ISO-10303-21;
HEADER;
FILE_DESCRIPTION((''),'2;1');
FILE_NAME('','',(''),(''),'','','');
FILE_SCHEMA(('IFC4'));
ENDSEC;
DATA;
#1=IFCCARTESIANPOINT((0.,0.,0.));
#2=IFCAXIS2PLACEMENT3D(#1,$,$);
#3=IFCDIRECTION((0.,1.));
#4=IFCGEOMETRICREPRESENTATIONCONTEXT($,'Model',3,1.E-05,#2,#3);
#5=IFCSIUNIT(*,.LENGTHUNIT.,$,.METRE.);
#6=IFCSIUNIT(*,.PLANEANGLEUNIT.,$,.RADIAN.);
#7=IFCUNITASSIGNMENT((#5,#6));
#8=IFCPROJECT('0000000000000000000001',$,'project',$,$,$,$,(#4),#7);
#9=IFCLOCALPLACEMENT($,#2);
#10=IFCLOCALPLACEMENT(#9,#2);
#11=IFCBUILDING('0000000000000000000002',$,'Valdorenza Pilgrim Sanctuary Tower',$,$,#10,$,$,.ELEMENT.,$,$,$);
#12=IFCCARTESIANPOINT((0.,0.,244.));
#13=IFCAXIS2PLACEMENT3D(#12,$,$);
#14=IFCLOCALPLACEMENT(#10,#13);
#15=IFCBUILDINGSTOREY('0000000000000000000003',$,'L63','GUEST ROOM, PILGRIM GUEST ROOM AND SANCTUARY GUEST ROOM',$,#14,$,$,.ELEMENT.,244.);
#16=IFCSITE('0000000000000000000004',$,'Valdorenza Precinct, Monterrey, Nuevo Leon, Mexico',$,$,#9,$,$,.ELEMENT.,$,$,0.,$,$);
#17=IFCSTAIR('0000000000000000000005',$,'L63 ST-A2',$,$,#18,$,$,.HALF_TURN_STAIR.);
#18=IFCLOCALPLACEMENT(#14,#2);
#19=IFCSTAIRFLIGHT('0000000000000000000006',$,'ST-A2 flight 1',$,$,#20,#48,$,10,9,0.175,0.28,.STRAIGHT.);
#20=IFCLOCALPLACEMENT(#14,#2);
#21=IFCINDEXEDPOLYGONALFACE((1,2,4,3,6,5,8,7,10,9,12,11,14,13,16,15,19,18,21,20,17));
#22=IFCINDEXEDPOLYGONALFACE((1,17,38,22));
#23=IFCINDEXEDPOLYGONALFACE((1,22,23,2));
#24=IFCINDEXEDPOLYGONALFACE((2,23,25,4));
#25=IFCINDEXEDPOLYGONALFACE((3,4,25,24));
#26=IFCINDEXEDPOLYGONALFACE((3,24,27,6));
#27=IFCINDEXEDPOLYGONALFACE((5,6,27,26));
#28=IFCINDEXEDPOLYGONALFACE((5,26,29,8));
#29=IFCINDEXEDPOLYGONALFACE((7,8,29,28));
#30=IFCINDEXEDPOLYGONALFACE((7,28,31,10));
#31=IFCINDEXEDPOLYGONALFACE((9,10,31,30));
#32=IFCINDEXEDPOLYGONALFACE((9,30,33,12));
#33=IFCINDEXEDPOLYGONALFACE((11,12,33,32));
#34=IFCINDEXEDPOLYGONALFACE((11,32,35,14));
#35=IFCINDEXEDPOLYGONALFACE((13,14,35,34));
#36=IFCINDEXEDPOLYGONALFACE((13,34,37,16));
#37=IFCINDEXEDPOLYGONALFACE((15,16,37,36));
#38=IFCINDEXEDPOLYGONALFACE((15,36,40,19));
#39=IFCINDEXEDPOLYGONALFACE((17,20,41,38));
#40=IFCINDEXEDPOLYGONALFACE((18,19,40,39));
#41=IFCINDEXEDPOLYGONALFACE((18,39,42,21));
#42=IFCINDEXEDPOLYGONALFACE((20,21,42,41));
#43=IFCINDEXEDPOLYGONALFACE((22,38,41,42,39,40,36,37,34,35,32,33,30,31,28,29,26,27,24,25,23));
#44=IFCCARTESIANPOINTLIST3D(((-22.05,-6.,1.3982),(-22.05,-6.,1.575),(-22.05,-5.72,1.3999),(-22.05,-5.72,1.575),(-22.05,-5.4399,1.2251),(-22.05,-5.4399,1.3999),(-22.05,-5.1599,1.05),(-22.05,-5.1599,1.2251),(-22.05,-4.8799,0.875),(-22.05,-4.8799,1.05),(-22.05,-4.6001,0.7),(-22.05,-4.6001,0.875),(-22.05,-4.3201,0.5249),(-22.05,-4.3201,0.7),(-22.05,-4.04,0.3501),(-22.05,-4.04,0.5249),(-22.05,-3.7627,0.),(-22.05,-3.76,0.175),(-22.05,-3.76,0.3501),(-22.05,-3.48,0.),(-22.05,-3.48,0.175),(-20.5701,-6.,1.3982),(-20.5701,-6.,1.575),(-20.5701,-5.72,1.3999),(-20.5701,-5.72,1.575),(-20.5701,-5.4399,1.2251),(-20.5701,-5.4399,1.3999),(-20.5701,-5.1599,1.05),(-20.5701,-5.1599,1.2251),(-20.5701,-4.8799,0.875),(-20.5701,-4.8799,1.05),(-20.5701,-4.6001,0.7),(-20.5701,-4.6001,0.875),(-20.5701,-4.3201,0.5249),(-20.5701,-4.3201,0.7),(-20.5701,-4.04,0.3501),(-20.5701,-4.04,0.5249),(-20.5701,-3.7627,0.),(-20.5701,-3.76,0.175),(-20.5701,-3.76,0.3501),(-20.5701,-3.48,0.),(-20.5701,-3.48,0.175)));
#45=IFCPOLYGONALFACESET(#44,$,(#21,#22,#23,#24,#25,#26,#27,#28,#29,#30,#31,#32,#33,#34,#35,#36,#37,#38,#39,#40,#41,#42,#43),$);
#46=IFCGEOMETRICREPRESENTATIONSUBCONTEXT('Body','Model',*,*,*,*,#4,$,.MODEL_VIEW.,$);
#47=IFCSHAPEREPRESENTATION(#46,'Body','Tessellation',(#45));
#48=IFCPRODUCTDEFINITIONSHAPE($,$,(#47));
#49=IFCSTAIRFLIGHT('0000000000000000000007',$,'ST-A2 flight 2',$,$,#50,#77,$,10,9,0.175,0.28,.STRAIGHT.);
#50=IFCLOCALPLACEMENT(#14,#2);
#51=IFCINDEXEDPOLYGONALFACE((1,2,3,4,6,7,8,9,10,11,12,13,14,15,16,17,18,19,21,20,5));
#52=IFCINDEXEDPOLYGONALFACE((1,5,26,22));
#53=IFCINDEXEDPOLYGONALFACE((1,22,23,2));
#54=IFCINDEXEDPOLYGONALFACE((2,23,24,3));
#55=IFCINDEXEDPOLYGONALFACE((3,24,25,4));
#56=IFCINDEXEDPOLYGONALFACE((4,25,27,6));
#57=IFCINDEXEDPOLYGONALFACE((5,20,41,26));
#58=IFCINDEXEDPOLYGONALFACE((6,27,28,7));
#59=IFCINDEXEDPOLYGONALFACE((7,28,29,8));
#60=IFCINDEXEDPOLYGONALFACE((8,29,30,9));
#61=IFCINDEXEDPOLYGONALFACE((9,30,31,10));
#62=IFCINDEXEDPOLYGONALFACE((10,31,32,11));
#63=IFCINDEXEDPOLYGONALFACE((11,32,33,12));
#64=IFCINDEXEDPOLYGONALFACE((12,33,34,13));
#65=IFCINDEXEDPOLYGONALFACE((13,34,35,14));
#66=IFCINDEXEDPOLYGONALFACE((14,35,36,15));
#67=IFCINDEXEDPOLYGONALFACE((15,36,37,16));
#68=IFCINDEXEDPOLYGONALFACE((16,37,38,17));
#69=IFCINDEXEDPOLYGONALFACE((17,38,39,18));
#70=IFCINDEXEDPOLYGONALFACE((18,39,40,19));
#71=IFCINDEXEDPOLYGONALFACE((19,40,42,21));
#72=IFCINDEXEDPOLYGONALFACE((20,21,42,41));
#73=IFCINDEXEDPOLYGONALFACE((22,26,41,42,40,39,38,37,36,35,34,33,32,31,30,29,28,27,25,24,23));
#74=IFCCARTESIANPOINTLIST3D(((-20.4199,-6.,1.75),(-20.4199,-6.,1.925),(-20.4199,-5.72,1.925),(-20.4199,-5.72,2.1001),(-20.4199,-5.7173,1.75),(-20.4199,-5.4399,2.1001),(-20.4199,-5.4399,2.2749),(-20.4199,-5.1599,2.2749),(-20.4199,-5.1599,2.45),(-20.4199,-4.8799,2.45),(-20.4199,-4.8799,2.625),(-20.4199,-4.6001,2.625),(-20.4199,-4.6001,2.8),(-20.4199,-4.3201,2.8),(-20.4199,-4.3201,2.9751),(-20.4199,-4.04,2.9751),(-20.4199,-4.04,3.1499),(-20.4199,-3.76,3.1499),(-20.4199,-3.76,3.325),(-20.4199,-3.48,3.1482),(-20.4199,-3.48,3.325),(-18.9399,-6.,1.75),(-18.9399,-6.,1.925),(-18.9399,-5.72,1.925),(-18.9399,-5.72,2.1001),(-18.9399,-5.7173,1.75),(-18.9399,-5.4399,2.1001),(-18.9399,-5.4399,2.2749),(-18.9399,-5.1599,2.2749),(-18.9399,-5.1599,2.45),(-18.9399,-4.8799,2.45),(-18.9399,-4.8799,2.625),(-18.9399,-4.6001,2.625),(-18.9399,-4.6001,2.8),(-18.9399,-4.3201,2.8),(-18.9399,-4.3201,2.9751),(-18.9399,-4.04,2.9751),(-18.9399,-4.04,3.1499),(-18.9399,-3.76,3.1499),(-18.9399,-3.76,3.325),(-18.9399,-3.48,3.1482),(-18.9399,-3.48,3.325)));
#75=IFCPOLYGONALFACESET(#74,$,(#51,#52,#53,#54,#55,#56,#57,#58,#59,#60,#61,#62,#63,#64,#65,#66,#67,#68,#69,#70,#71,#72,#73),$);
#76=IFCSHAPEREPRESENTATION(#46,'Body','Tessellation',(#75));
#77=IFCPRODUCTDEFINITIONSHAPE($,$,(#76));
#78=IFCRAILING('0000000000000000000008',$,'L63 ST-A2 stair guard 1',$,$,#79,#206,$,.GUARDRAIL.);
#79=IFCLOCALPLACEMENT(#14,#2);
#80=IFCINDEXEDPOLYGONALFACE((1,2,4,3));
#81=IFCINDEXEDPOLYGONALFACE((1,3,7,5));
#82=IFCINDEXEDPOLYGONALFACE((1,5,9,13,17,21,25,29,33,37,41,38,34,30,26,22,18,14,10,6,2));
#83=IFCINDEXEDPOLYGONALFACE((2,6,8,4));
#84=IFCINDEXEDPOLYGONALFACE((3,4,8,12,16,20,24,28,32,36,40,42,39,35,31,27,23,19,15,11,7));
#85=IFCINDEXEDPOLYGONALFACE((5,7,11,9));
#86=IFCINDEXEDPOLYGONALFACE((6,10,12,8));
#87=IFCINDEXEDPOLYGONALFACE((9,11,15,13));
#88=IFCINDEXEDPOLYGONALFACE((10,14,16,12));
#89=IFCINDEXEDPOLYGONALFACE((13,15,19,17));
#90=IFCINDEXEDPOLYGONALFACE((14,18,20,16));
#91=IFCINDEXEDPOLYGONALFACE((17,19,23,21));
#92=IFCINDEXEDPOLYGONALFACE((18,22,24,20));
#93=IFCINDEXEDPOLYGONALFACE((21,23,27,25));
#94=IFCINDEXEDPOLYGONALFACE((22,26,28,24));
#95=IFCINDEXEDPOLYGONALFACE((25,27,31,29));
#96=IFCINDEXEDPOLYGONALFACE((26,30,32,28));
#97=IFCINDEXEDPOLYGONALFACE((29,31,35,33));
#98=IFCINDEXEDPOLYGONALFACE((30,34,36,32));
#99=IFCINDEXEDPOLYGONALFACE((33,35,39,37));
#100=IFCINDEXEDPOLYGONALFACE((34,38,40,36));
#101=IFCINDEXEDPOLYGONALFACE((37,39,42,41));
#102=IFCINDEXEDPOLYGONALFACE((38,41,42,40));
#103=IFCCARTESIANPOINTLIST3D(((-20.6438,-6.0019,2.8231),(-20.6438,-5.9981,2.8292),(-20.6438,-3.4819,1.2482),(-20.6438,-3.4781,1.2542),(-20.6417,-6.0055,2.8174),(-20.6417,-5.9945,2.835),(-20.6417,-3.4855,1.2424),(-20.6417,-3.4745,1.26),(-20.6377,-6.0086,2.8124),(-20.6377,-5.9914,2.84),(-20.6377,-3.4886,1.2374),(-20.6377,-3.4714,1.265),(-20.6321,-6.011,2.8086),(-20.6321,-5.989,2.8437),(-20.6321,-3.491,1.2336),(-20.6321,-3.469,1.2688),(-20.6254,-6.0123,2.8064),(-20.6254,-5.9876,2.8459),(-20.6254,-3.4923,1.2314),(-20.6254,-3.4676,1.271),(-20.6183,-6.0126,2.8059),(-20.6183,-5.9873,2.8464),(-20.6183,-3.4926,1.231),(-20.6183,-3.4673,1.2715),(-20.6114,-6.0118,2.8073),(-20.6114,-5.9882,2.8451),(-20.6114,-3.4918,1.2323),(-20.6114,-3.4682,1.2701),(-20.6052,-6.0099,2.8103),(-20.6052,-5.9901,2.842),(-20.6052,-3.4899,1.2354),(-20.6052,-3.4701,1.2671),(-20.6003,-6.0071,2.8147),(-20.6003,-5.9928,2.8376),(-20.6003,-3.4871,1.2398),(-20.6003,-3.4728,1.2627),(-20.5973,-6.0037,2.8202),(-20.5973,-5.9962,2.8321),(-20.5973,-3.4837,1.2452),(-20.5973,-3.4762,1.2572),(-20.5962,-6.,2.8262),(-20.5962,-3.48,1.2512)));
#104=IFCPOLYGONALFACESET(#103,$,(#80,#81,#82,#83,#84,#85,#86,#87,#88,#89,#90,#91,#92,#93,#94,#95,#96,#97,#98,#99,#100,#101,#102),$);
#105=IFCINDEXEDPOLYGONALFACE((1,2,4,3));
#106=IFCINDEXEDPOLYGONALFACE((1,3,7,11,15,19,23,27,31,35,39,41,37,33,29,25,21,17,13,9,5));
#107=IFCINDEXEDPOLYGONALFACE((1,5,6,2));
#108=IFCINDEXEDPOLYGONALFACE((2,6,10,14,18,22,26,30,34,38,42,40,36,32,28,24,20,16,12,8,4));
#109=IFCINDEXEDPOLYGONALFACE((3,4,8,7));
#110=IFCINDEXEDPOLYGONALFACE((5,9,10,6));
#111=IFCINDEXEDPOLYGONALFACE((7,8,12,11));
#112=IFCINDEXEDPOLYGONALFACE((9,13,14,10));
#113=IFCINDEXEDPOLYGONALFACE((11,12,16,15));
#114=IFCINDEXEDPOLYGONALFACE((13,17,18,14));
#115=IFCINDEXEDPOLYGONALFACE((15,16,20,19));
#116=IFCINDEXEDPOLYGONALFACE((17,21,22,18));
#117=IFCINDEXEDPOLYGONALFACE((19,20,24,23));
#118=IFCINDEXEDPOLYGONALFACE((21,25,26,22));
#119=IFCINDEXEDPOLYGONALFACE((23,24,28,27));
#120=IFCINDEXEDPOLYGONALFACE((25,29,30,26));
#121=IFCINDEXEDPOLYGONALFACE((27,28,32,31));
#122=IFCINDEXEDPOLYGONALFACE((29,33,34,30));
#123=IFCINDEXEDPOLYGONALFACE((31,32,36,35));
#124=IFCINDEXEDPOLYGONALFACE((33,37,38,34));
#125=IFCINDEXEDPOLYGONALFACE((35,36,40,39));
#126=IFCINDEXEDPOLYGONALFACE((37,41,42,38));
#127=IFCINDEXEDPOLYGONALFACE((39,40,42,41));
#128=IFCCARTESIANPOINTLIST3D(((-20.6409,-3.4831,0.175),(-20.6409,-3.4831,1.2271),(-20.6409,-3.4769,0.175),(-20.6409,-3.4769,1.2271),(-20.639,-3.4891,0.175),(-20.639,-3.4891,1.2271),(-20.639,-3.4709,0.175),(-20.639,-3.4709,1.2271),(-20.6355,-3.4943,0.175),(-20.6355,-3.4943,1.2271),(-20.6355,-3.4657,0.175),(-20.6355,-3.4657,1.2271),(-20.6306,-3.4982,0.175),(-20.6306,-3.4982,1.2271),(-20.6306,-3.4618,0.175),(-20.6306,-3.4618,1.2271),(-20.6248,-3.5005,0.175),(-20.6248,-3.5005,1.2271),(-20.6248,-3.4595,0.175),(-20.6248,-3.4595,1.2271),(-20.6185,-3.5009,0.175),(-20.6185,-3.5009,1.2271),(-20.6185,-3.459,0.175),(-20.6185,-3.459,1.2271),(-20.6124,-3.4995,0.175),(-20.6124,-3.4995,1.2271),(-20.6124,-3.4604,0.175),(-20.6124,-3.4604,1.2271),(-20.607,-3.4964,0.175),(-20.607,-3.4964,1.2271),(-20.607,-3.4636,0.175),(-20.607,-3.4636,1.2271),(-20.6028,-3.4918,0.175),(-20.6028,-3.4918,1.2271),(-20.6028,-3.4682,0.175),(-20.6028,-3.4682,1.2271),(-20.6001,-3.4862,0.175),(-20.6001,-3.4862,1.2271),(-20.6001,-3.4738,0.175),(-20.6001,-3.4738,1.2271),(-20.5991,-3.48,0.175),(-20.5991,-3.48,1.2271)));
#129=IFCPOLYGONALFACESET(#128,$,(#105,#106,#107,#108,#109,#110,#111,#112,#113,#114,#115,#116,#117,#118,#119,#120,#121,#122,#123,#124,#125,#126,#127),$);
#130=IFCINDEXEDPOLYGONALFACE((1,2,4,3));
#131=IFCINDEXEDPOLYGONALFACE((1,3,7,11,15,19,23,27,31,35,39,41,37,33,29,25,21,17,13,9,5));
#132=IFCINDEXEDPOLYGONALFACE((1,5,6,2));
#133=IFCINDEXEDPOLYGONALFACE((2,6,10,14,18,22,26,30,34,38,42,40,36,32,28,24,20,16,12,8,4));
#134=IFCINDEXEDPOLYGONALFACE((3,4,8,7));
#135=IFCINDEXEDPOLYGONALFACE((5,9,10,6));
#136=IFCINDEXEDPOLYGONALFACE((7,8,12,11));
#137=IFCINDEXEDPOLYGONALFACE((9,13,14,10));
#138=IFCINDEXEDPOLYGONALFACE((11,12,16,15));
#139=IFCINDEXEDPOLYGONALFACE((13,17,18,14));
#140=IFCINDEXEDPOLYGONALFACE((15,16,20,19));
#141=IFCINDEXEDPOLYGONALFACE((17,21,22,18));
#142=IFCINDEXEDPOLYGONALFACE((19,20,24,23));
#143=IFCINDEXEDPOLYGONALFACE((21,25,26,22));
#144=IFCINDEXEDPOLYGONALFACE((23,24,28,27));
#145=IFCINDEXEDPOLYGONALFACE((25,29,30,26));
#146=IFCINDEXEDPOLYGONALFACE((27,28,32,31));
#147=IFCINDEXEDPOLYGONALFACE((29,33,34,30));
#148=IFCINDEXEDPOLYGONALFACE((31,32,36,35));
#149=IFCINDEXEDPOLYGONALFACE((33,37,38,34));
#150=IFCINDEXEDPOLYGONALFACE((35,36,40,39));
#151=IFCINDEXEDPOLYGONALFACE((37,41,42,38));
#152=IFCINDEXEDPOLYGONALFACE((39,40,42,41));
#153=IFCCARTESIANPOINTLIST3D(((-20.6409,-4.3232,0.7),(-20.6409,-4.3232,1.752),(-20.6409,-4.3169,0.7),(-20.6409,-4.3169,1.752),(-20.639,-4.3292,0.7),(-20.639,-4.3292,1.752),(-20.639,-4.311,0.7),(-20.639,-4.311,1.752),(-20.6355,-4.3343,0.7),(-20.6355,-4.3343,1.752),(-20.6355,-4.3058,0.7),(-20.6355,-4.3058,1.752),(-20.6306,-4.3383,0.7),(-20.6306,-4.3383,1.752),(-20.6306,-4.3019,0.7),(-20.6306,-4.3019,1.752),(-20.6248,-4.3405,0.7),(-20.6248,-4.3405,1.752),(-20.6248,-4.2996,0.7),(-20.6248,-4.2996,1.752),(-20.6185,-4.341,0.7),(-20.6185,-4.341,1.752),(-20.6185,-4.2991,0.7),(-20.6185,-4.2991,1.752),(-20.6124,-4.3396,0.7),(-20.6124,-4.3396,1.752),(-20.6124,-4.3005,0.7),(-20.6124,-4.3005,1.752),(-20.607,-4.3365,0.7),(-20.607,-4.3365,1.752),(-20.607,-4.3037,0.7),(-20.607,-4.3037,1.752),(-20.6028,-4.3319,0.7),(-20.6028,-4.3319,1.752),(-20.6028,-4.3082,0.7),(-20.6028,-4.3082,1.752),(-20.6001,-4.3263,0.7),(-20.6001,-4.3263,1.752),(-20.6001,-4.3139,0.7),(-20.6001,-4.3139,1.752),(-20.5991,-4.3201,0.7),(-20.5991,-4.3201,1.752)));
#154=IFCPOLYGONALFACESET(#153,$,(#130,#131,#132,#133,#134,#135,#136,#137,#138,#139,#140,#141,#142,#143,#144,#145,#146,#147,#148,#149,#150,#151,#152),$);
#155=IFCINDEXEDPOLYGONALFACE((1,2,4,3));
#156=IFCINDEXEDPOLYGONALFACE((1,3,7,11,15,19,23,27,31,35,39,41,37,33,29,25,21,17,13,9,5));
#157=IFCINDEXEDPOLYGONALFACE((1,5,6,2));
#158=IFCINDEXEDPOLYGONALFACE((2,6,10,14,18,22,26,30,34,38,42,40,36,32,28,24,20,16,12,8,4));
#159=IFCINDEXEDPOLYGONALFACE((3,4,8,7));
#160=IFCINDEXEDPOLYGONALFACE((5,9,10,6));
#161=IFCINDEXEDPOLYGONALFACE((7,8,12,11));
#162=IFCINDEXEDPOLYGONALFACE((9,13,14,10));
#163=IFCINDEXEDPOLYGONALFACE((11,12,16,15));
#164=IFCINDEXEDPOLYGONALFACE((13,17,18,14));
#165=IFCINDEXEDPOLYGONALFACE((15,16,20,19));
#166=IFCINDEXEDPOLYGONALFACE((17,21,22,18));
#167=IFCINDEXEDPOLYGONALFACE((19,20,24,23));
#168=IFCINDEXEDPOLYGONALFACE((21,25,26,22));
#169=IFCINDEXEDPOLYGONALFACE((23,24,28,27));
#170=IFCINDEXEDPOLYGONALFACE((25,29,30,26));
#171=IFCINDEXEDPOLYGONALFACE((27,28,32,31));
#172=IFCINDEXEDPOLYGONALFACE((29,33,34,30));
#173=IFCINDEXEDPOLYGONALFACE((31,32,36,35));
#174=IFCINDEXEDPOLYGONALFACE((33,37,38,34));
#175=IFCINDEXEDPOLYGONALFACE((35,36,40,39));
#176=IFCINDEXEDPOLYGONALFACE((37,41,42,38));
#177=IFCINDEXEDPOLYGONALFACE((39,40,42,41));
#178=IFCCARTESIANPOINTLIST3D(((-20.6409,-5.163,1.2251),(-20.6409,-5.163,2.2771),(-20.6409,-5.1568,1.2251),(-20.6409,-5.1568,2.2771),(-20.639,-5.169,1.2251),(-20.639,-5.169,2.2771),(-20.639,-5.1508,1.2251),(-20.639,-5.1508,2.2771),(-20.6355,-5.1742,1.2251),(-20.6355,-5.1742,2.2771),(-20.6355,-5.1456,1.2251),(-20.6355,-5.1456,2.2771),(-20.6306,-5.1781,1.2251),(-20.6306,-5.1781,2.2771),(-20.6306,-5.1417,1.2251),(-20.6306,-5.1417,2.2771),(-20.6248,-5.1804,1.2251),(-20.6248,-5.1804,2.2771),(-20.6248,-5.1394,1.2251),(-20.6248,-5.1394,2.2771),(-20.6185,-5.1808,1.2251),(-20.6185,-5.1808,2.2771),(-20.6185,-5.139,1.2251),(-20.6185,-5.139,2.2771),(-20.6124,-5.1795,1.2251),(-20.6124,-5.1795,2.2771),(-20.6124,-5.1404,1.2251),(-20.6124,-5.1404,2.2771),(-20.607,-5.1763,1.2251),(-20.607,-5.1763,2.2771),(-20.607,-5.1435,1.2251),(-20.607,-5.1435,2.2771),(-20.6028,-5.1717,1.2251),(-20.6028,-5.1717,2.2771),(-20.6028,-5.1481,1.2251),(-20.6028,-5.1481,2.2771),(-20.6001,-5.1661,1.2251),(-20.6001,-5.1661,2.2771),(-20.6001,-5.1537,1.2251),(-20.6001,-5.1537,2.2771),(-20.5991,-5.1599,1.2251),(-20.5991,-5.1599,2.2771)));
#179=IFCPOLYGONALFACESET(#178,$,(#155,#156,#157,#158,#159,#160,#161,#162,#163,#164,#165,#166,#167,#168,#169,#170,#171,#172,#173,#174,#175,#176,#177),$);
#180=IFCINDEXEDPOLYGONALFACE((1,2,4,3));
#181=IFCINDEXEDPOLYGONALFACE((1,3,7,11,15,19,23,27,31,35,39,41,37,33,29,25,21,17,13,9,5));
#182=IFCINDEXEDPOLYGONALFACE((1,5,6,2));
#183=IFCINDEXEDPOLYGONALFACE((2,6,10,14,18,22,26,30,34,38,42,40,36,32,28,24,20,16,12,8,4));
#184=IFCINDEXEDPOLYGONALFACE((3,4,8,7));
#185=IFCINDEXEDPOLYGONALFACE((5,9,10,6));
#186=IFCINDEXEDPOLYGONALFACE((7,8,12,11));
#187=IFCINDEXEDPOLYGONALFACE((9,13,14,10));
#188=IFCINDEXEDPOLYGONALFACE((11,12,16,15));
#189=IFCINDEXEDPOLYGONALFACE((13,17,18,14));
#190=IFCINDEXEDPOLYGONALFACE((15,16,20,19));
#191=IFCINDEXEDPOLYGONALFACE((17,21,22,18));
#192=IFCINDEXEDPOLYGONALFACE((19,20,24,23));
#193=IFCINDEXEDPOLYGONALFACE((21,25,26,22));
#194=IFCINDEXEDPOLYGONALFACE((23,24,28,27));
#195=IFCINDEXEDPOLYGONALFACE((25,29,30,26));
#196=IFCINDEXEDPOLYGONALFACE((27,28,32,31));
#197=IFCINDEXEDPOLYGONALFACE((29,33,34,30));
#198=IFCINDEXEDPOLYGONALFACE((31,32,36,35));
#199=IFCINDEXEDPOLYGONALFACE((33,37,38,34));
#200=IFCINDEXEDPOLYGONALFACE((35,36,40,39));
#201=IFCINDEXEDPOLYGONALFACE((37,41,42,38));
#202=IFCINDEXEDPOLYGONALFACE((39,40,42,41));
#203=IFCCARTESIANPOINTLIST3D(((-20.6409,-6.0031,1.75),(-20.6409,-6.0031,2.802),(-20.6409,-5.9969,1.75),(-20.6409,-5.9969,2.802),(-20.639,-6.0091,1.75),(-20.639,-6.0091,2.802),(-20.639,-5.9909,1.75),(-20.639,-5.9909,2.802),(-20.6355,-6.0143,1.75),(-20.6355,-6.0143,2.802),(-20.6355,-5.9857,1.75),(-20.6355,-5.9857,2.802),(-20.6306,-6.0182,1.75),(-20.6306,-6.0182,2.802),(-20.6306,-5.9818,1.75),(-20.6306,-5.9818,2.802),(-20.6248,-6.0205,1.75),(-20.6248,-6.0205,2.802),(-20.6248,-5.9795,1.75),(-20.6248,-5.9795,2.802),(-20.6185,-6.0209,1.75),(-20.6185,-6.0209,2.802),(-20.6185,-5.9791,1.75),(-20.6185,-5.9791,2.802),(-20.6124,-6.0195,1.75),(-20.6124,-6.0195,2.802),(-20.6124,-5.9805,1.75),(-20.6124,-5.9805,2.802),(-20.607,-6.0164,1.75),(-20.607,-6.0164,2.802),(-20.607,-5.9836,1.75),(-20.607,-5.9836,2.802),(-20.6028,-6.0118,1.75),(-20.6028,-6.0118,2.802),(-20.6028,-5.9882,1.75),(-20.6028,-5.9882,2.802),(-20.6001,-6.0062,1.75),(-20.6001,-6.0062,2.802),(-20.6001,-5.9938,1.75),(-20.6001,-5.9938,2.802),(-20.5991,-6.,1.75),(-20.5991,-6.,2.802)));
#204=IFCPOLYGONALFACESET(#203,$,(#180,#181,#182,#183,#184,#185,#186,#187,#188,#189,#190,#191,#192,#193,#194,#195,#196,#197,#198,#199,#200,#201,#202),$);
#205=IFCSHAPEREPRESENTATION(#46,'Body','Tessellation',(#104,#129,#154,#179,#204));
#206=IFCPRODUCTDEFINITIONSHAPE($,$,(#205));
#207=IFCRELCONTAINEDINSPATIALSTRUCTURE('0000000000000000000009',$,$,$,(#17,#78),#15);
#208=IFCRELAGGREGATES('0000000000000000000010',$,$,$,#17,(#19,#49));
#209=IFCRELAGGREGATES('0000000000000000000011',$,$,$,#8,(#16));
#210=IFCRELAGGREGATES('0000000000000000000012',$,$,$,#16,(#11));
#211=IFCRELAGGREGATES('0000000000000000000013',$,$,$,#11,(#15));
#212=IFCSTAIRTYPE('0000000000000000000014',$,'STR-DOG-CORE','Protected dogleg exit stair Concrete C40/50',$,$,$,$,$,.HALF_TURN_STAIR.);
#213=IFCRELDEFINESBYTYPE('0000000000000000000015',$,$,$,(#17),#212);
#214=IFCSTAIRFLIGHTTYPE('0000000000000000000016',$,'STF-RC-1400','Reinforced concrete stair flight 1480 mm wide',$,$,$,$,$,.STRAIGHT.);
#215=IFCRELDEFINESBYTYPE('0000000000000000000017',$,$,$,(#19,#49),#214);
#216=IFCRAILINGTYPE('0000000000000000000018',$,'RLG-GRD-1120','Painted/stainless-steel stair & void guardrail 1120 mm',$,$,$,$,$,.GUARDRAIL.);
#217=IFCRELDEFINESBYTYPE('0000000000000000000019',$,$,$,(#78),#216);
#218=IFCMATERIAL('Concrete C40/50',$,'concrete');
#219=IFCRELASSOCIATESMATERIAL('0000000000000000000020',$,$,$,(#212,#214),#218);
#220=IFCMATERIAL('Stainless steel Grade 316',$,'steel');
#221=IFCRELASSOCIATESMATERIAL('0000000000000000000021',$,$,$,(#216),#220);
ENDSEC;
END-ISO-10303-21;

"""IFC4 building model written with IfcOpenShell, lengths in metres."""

from ifc_helpers import new_model, si_unit, direction, frame, origin, origin_2d, place, context, subcontext, project, spatial, polyline, circle, outline, extrude, material, type_object, element, aggregate, save


model = new_model("IFC4")

# Units and contexts
model_context = context("Model", 3, precision=1e-05, world=origin(), true_north=direction((0.0, 1.0)))
body_context = subcontext(model_context, "Body", "Model", "MODEL_VIEW")
ifc_project = project(units=[si_unit("LENGTHUNIT", "METRE"), si_unit("PLANEANGLEUNIT", "RADIAN")], contexts=[model_context])

# Site, building, storey
site_placement = place(None, origin())
site = spatial("IfcSite", under=ifc_project, at=site_placement, Name="Valdorenza Precinct, Monterrey, Nuevo Leon, Mexico", CompositionType="ELEMENT", RefElevation=0.0)
building_placement = place(site_placement, origin())
building = spatial("IfcBuilding", under=site, at=building_placement, Name="Valdorenza Pilgrim Sanctuary Tower", CompositionType="ELEMENT")
storey_placement = place(building_placement, frame((0.0, 0.0, 244.0)))
storey = spatial("IfcBuildingStorey", under=building, at=storey_placement, Name="L63", Description="GUEST ROOM, PILGRIM GUEST ROOM AND SANCTUARY GUEST ROOM", CompositionType="ELEMENT", Elevation=244.0)

# Shared definitions
ifc_material_1 = material(Name="Concrete C40/50", Category="concrete")

# Stair, stair flights
stair_type = type_object("IfcStairType", Name="STR-DOG-CORE", Description="Protected dogleg exit stair Concrete C40/50", PredefinedType="HALF_TURN_STAIR", material=ifc_material_1)
stair_placement = place(storey_placement, origin())
stair = element("IfcStair", 1, at=stair_placement, inside=storey, type_object=stair_type, Name="L63 ST-A2", PredefinedType="HALF_TURN_STAIR")
stair_flight_type = type_object("IfcStairFlightType", Name="STF-RC-1400", Description="Reinforced concrete stair flight 1480 mm wide", PredefinedType="STRAIGHT", material=ifc_material_1)
stair_flight_1_placement = place(storey_placement, frame((-21.3101, -3.48, 0.0), z_axis=(0.0, 0.0, 1.0), x_axis=(0.0, -1.0, 0.0)))
stair_flight_1 = element("IfcStairFlight", 2, at=stair_flight_1_placement, type_object=stair_flight_type, Name="ST-A2 flight 1", NumberOfRisers=10, NumberOfTreads=9, PredefinedType="STRAIGHT", RiserHeight=0.175, TreadLength=0.28, context=body_context, shape_type="SweptSolid", body=[
    extrude(outline(polyline([(0.0, 0.0), (0.0, 0.175), (0.28, 0.175), (0.28, 0.3501), (0.5601, 0.3501), (0.5601, 0.5249), (0.8401, 0.5249), (0.8401, 0.7), (1.1201, 0.7), (1.1201, 0.875), (1.3999, 0.875), (1.3999, 1.05), (1.6799, 1.05), (1.6799, 1.2251), (1.96, 1.2251), (1.96, 1.3999), (2.24, 1.3999), (2.24, 1.575), (2.52, 1.575), (2.52, 1.75), (2.52, 1.3982), (0.2827, 0.0), (0.0, 0.0)])), frame((0.0, 0.74, 0.0), z_axis=(0.0, -1.0, 0.0), x_axis=(1.0, 0.0, 0.0)), (0.0, 0.0, 1.0), 1.48),
])
stair_flight_2_placement = place(storey_placement, frame((-19.6799, -6.0, 1.75), z_axis=(0.0, 0.0, 1.0), x_axis=(0.0, 1.0, 0.0)))
stair_flight_2 = element("IfcStairFlight", 3, at=stair_flight_2_placement, type_object=stair_flight_type, Name="ST-A2 flight 2", NumberOfRisers=10, NumberOfTreads=9, PredefinedType="STRAIGHT", RiserHeight=0.175, TreadLength=0.28, context=body_context, shape_type="SweptSolid", body=[
    extrude(outline(polyline([(0.0, 0.0), (0.0, 0.175), (0.28, 0.175), (0.28, 0.3501), (0.5601, 0.3501), (0.5601, 0.5249), (0.8401, 0.5249), (0.8401, 0.7), (1.1201, 0.7), (1.1201, 0.875), (1.3999, 0.875), (1.3999, 1.05), (1.6799, 1.05), (1.6799, 1.2251), (1.96, 1.2251), (1.96, 1.3999), (2.24, 1.3999), (2.24, 1.575), (2.52, 1.575), (2.52, 1.75), (2.52, 1.3982), (0.2827, 0.0), (0.0, 0.0)])), frame((0.0, 0.74, 0.0), z_axis=(0.0, -1.0, 0.0), x_axis=(1.0, 0.0, 0.0)), (0.0, 0.0, 1.0), 1.48),
])
aggregate(stair, [stair_flight_1, stair_flight_2])

# Railing
ifc_material_2 = material(Name="Stainless steel Grade 316", Category="steel")
railing_type_1 = type_object("IfcRailingType", Name="RLG-GRD-1120", Description="Painted/stainless-steel stair & void guardrail 1120 mm", PredefinedType="GUARDRAIL", material=ifc_material_2)
railing_1_placement = place(storey_placement, frame((-20.6201, -3.48, 0.175)))
element("IfcRailing", 4, at=railing_1_placement, inside=storey, type_object=railing_type_1, Name="L63 ST-A2 stair guard 1", PredefinedType="GUARDRAIL", context=body_context, shape_type="SweptSolid", body=[
    extrude(circle(Radius=0.0239, at=origin_2d()), frame((0.0, 0.0, 1.0762), z_axis=(0.0, -0.848008, 0.529984), x_axis=(1.0, 0.0, 0.0)), (0.0, 0.0, 1.0), 2.9717),
    extrude(circle(Radius=0.021, at=origin_2d()), origin(), (0.0, 0.0, 1.0), 1.052),
    extrude(circle(Radius=0.021, at=origin_2d()), frame((0.0, -0.8401, 0.5249)), (0.0, 0.0, 1.0), 1.052),
    extrude(circle(Radius=0.021, at=origin_2d()), frame((0.0, -1.6799, 1.05)), (0.0, 0.0, 1.0), 1.052),
    extrude(circle(Radius=0.021, at=origin_2d()), frame((0.0, -2.52, 1.575)), (0.0, 0.0, 1.0), 1.052),
])

save(model, "model.ifc")
